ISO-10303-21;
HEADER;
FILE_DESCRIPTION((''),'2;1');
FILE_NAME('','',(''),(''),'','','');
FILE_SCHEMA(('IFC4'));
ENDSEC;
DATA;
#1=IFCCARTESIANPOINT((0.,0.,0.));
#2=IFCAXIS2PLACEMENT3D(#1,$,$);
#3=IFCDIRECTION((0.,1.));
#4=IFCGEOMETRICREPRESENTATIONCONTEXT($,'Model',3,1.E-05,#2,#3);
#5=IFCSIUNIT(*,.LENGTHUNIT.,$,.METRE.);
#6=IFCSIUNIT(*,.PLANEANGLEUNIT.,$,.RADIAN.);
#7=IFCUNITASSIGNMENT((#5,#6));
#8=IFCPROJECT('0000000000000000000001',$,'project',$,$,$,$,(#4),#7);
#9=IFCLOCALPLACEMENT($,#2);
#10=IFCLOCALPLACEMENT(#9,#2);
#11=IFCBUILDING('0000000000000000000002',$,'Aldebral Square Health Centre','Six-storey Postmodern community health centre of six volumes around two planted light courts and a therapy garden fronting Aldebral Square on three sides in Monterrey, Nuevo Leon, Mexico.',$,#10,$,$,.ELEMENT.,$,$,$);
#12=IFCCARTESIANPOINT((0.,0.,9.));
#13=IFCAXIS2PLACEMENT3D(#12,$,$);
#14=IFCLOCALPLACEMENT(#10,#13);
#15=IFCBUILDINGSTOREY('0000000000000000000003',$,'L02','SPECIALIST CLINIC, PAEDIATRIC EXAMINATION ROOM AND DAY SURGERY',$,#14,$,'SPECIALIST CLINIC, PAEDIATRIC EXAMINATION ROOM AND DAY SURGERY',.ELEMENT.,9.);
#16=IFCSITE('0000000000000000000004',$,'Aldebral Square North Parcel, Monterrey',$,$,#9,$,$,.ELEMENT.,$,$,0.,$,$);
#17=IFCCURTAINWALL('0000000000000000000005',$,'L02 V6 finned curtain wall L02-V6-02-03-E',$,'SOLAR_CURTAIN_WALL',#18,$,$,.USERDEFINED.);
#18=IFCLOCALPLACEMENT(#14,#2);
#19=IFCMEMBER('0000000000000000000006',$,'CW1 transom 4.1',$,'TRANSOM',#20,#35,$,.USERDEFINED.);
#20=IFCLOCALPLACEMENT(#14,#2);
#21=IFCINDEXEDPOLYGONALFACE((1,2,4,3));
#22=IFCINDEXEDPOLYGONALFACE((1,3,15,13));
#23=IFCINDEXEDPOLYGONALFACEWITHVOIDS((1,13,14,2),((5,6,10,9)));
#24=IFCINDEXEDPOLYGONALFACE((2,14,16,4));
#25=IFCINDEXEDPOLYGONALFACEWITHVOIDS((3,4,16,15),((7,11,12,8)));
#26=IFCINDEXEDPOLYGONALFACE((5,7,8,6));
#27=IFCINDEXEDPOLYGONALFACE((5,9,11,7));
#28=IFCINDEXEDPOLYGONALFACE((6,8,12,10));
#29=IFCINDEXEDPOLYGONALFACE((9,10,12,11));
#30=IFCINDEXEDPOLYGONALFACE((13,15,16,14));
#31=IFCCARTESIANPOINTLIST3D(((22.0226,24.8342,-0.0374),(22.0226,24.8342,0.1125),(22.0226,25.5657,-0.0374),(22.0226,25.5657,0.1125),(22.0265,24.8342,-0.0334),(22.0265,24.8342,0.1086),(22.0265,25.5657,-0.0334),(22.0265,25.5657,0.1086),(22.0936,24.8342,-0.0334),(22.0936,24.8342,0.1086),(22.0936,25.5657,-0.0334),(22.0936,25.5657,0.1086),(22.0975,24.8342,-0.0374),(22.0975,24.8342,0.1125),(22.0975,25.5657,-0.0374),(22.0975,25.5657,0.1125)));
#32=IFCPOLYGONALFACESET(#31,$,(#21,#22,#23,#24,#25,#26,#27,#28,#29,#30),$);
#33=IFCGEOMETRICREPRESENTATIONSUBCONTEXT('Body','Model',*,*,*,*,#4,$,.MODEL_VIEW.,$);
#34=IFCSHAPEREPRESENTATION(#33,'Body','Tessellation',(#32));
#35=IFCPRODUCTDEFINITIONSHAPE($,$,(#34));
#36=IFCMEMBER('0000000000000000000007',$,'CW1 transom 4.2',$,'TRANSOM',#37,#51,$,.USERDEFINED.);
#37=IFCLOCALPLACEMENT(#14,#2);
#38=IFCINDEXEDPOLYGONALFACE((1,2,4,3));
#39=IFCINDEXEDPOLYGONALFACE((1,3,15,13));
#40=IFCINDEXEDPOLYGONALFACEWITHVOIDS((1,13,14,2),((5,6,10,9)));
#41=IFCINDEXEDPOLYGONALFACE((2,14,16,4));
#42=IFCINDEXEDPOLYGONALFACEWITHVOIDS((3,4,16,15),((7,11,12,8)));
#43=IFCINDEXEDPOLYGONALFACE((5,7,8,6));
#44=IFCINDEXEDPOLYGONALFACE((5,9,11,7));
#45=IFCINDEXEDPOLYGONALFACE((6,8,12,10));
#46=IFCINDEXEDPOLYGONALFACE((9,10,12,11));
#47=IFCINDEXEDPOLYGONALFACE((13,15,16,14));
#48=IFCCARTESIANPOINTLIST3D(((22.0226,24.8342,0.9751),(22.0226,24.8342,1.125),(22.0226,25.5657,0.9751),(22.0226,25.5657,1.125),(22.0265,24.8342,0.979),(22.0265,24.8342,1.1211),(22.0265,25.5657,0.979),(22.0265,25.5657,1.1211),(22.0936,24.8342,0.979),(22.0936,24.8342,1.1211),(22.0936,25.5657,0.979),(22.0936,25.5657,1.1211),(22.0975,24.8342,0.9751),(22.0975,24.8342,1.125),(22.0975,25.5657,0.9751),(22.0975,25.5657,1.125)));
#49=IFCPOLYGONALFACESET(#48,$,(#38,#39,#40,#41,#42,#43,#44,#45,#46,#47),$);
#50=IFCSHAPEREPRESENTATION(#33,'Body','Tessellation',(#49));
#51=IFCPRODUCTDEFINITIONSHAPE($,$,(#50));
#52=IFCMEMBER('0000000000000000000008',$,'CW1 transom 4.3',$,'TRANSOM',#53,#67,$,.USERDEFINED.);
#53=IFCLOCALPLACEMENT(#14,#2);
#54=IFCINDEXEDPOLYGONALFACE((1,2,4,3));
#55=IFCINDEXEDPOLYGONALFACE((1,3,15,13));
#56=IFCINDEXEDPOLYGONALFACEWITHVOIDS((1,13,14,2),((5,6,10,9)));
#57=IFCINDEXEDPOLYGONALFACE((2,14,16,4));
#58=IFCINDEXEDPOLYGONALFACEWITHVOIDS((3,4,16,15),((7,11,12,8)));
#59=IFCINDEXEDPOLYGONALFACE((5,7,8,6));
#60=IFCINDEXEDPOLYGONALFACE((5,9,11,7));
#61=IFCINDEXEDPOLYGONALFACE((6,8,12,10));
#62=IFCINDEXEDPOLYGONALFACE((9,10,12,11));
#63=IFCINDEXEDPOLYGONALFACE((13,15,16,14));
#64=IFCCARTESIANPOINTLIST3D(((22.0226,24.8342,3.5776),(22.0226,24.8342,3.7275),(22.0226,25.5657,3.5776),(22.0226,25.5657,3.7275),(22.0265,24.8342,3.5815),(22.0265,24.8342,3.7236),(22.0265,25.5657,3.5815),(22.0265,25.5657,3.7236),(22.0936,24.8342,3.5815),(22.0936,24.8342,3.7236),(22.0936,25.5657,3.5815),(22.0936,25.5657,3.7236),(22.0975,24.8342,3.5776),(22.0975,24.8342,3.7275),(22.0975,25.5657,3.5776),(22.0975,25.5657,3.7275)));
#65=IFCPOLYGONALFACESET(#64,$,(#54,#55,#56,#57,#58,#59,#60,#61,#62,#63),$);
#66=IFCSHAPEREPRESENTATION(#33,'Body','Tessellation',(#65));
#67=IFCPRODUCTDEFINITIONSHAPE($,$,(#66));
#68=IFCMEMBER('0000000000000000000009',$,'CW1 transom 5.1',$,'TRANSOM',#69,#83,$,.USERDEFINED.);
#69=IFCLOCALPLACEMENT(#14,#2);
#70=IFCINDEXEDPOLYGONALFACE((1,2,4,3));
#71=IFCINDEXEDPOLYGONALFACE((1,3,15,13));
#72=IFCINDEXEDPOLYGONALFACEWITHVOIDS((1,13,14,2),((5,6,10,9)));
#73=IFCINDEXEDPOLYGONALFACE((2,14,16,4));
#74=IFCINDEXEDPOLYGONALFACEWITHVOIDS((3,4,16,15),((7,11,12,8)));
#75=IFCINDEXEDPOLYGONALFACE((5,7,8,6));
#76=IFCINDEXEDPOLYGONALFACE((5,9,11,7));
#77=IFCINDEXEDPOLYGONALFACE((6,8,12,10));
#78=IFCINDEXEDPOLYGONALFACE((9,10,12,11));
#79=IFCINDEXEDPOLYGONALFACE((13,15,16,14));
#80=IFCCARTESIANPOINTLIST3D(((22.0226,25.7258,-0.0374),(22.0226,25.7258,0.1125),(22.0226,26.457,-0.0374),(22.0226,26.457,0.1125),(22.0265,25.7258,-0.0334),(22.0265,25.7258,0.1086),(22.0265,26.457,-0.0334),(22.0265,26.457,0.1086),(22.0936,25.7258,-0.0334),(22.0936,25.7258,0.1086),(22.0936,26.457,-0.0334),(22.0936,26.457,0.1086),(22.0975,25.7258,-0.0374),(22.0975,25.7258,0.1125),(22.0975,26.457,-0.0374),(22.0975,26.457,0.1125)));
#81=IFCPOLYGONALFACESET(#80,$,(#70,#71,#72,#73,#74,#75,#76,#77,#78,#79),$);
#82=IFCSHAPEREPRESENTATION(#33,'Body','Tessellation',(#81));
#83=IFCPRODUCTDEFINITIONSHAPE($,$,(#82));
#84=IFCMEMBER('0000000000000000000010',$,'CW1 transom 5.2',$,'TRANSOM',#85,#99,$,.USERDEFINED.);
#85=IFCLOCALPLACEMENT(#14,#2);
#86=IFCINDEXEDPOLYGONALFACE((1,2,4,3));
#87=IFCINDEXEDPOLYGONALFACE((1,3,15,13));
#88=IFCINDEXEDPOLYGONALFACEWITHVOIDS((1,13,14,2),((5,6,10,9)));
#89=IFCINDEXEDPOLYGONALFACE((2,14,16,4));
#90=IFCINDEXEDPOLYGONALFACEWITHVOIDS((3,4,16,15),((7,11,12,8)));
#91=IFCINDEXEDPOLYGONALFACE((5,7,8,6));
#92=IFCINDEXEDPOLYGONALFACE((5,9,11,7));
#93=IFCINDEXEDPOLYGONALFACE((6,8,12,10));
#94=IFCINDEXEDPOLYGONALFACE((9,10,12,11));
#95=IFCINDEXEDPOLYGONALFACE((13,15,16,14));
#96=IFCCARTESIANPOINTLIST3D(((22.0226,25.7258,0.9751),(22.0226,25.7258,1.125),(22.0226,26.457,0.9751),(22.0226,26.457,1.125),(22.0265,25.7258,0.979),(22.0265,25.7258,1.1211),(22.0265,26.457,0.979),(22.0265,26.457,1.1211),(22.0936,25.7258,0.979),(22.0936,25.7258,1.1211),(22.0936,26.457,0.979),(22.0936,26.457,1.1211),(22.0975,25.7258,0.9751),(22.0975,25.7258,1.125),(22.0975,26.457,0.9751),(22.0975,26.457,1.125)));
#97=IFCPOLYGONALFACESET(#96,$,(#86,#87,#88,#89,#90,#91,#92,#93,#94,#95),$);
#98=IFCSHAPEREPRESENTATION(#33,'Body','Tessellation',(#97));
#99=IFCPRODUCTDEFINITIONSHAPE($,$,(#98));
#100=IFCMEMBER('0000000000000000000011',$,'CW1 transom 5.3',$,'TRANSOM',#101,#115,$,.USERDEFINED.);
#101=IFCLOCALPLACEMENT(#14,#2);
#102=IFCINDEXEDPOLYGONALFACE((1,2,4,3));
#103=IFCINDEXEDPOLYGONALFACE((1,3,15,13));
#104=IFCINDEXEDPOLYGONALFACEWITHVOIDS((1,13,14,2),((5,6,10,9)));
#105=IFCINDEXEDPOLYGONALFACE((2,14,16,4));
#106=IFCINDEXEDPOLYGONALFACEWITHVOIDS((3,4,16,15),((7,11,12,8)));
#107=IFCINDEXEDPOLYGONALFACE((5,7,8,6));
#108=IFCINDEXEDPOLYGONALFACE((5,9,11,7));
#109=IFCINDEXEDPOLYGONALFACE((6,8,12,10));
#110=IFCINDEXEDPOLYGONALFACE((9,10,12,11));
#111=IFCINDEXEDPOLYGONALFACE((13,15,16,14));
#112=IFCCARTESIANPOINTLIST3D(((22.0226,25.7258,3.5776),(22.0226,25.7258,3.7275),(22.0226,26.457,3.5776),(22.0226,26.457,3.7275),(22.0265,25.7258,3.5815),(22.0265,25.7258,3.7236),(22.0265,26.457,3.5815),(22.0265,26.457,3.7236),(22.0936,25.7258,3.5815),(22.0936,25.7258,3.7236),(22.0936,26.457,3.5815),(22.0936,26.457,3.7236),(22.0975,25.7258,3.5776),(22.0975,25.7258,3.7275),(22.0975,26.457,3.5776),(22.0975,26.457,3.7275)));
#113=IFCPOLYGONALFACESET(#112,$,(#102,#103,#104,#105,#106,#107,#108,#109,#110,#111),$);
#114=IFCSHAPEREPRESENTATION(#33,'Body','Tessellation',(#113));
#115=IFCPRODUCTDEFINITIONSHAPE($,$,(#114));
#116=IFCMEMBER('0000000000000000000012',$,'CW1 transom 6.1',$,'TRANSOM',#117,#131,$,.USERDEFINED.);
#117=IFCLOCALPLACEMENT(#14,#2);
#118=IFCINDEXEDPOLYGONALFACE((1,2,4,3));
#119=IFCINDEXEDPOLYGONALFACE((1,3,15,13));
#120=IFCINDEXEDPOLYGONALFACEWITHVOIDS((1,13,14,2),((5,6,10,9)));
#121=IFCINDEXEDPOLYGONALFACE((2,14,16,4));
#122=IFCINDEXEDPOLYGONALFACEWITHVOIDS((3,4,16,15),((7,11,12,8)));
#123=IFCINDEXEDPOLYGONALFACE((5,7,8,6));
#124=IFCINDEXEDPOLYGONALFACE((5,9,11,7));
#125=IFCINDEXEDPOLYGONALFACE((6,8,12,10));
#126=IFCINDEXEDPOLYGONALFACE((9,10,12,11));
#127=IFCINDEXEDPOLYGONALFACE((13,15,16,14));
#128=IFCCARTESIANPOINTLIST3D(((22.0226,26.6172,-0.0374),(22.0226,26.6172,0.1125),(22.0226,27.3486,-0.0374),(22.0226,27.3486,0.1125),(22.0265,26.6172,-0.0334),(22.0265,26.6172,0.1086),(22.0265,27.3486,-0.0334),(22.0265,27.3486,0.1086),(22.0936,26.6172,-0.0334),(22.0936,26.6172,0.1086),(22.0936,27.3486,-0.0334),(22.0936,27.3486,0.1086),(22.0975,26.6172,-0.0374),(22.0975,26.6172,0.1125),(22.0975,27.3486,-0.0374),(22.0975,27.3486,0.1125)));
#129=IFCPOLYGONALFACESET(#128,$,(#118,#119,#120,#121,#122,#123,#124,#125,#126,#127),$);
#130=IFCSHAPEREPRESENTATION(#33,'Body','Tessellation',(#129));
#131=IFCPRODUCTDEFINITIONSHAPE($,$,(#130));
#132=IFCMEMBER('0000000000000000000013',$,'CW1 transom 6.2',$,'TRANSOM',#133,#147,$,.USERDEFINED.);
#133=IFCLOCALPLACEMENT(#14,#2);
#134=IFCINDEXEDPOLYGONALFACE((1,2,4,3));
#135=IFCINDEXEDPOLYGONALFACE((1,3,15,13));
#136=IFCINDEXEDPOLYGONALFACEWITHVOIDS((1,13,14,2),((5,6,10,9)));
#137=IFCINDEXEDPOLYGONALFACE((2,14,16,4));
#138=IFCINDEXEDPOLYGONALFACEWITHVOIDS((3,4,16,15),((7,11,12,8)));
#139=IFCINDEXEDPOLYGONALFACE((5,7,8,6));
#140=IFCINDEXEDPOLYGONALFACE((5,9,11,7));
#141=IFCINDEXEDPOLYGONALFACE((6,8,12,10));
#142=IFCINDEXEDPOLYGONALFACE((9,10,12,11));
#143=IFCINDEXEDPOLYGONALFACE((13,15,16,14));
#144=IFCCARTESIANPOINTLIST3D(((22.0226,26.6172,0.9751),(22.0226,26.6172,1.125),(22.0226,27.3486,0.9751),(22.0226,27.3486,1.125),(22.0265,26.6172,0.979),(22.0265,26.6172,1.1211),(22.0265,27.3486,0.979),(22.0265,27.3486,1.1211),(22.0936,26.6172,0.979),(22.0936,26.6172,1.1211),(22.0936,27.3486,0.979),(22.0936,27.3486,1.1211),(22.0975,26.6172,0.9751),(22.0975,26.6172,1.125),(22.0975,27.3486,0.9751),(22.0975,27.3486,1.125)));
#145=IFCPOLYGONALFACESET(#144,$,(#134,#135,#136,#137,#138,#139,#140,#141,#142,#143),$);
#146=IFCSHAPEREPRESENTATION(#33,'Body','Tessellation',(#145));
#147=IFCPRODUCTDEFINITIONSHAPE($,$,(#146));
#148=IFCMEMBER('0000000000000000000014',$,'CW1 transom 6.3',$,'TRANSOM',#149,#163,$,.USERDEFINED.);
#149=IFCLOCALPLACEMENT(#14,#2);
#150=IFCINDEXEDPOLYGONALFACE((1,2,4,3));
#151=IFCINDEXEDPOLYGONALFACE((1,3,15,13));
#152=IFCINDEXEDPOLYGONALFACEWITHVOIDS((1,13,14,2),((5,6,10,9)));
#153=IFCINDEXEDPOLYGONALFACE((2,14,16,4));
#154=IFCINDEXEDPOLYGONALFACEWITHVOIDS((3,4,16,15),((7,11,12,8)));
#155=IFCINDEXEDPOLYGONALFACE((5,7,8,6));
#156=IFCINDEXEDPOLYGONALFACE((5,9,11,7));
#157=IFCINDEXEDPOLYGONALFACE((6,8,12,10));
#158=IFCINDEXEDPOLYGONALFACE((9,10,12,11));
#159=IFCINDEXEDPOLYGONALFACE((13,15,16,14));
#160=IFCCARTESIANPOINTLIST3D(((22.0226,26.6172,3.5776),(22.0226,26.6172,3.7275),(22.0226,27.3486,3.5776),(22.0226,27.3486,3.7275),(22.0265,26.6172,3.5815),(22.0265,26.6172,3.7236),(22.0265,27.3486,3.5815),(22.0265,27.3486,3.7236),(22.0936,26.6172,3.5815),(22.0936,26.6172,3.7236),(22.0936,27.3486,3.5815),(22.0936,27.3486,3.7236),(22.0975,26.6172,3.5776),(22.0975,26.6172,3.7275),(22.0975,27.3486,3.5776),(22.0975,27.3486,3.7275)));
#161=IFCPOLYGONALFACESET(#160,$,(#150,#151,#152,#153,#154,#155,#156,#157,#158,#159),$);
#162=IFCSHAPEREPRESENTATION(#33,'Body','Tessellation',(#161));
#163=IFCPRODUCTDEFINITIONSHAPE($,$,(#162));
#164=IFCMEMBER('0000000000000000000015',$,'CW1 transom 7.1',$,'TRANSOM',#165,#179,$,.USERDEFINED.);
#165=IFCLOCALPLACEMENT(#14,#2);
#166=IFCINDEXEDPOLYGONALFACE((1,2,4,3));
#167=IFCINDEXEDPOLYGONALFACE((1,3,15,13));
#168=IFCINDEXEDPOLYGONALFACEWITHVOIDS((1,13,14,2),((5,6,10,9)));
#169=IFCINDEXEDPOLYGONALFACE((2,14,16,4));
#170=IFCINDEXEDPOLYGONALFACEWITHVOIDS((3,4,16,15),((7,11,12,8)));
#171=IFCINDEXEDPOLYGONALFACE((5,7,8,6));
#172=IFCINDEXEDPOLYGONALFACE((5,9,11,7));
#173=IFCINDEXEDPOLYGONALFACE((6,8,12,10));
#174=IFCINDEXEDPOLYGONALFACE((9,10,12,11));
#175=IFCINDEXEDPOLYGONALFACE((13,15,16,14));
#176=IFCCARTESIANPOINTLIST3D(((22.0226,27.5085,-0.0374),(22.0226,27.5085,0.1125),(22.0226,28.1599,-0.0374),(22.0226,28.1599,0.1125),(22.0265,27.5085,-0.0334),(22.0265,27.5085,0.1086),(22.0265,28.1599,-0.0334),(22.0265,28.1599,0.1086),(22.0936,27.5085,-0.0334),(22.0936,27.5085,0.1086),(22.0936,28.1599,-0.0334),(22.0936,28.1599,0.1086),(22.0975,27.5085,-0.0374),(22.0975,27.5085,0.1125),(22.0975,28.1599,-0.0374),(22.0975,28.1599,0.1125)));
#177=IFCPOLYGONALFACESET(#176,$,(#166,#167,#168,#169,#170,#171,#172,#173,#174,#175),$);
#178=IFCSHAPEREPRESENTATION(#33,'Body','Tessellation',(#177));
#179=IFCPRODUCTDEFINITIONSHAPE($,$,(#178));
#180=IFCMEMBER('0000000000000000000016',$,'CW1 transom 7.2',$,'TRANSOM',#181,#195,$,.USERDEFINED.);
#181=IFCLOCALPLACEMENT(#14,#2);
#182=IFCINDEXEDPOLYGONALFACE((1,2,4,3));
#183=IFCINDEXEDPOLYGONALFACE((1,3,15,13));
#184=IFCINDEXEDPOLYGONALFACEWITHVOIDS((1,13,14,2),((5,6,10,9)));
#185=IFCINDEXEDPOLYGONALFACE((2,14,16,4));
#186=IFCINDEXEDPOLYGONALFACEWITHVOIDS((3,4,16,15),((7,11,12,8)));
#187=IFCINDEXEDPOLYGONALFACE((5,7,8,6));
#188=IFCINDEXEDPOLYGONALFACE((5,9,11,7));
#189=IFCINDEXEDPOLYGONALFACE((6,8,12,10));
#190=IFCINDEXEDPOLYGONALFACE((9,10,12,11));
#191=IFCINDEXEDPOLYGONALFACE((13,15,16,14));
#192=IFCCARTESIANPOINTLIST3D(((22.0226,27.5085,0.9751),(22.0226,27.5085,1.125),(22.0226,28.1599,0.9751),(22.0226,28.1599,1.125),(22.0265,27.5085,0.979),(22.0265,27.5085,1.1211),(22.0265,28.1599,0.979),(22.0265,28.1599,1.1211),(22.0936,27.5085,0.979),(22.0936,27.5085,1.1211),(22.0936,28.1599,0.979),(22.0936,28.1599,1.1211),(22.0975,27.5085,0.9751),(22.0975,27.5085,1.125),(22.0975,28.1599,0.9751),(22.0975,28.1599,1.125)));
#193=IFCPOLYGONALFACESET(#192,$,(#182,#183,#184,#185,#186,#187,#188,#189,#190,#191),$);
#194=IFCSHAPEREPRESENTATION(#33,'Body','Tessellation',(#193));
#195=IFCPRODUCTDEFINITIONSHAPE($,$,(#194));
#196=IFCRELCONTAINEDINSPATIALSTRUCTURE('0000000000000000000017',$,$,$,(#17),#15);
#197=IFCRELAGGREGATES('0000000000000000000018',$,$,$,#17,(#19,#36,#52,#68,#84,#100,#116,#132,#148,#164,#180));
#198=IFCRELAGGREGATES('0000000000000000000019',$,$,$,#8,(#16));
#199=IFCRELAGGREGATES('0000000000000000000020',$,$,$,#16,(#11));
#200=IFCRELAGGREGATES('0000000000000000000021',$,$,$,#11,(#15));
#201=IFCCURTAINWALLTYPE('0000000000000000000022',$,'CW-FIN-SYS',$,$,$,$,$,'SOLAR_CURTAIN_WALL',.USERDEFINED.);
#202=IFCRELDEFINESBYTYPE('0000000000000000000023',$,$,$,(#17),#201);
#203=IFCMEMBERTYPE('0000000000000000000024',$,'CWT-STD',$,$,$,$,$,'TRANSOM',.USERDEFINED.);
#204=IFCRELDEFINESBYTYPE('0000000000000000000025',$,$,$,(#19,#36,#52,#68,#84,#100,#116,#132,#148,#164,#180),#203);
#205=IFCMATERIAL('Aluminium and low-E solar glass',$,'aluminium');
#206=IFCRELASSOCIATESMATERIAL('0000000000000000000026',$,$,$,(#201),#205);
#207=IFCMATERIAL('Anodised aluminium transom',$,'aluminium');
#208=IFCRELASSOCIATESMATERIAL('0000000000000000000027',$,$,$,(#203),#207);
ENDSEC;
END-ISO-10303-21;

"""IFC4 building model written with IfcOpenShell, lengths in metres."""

from ifc_helpers import new_model, si_unit, direction, frame, origin, origin_2d, place, context, subcontext, project, spatial, hollow_rectangle, extrude, material, material_profile, profile_set, type_object, element, aggregate, save


model = new_model("IFC4")

# Units and contexts
model_context = context("Model", 3, precision=1e-05, world=origin(), true_north=direction((0.0, 1.0)))
body_context = subcontext(model_context, "Body", "Model", "MODEL_VIEW")
ifc_project = project(units=[si_unit("LENGTHUNIT", "METRE"), si_unit("PLANEANGLEUNIT", "RADIAN")], contexts=[model_context])

# Site, building, storey
site_placement = place(None, origin())
site = spatial("IfcSite", under=ifc_project, at=site_placement, Name="Aldebral Square North Parcel, Monterrey", CompositionType="ELEMENT", RefElevation=0.0)
building_placement = place(site_placement, origin())
building = spatial("IfcBuilding", under=site, at=building_placement, Name="Aldebral Square Health Centre", Description="Six-storey Postmodern community health centre of six volumes around two planted light courts and a therapy garden fronting Aldebral Square on three sides in Monterrey, Nuevo Leon, Mexico.", CompositionType="ELEMENT")
storey_placement = place(building_placement, frame((0.0, 0.0, 9.0)))
storey = spatial("IfcBuildingStorey", under=building, at=storey_placement, Name="L02", Description="SPECIALIST CLINIC, PAEDIATRIC EXAMINATION ROOM AND DAY SURGERY", LongName="SPECIALIST CLINIC, PAEDIATRIC EXAMINATION ROOM AND DAY SURGERY", CompositionType="ELEMENT", Elevation=9.0)

# Curtain wall, members
ifc_material_1 = material(Name="Aluminium and low-E solar glass", Category="aluminium")
curtain_wall_type = type_object("IfcCurtainWallType", Name="CW-FIN-SYS", ElementType="SOLAR_CURTAIN_WALL", PredefinedType="USERDEFINED", material=ifc_material_1)
curtain_wall_placement = place(storey_placement, origin())
curtain_wall = element("IfcCurtainWall", 1, at=curtain_wall_placement, inside=storey, type_object=curtain_wall_type, Name="L02 V6 finned curtain wall L02-V6-02-03-E", ObjectType="SOLAR_CURTAIN_WALL", PredefinedType="USERDEFINED")
ifc_material_2 = material(Name="Anodised aluminium transom", Category="aluminium")
ifc_material_profile_1 = material_profile(ifc_material_2, hollow_rectangle(XDim=0.075, YDim=0.1499, WallThickness=0.0039, at=origin_2d()), Name="CWT 75x150x4")
ifc_profile_set_1 = profile_set([ifc_material_profile_1], Name="Anodised aluminium transom")
member_type_1 = type_object("IfcMemberType", Name="CWT-STD", ElementType="TRANSOM", PredefinedType="USERDEFINED", material=ifc_profile_set_1)
member_1_placement = place(storey_placement, frame((22.0601, 24.8342, 0.0376), z_axis=(0.0, 1.0, 0.0), x_axis=(-1.0, 0.0, 0.0)))
member_1 = element("IfcMember", 2, at=member_1_placement, type_object=member_type_1, Name="CW1 transom 4.1", ObjectType="TRANSOM", PredefinedType="USERDEFINED", context=body_context, shape_type="SweptSolid", body=[
    extrude(hollow_rectangle(XDim=0.075, YDim=0.1499, WallThickness=0.0039, at=origin_2d()), origin(), (0.0, 0.0, 1.0), 0.7314),
])
member_2_placement = place(storey_placement, frame((22.0601, 24.8342, 1.05), z_axis=(0.0, 1.0, 0.0), x_axis=(-1.0, 0.0, 0.0)))
member_2 = element("IfcMember", 3, at=member_2_placement, type_object=member_type_1, Name="CW1 transom 4.2", ObjectType="TRANSOM", PredefinedType="USERDEFINED", context=body_context, shape_type="SweptSolid", body=[
    extrude(hollow_rectangle(XDim=0.075, YDim=0.1499, WallThickness=0.0039, at=origin_2d()), origin(), (0.0, 0.0, 1.0), 0.7314),
])
member_3_placement = place(storey_placement, frame((22.0601, 24.8342, 3.6526), z_axis=(0.0, 1.0, 0.0), x_axis=(-1.0, 0.0, 0.0)))
member_3 = element("IfcMember", 4, at=member_3_placement, type_object=member_type_1, Name="CW1 transom 4.3", ObjectType="TRANSOM", PredefinedType="USERDEFINED", context=body_context, shape_type="SweptSolid", body=[
    extrude(hollow_rectangle(XDim=0.075, YDim=0.1499, WallThickness=0.0039, at=origin_2d()), origin(), (0.0, 0.0, 1.0), 0.7314),
])
member_4_placement = place(storey_placement, frame((22.0601, 25.7258, 0.0376), z_axis=(0.0, 1.0, 0.0), x_axis=(-1.0, 0.0, 0.0)))
member_4 = element("IfcMember", 5, at=member_4_placement, type_object=member_type_1, Name="CW1 transom 5.1", ObjectType="TRANSOM", PredefinedType="USERDEFINED", context=body_context, shape_type="SweptSolid", body=[
    extrude(hollow_rectangle(XDim=0.075, YDim=0.1499, WallThickness=0.0039, at=origin_2d()), origin(), (0.0, 0.0, 1.0), 0.7312),
])
member_5_placement = place(storey_placement, frame((22.0601, 25.7258, 1.05), z_axis=(0.0, 1.0, 0.0), x_axis=(-1.0, 0.0, 0.0)))
member_5 = element("IfcMember", 6, at=member_5_placement, type_object=member_type_1, Name="CW1 transom 5.2", ObjectType="TRANSOM", PredefinedType="USERDEFINED", context=body_context, shape_type="SweptSolid", body=[
    extrude(hollow_rectangle(XDim=0.075, YDim=0.1499, WallThickness=0.0039, at=origin_2d()), origin(), (0.0, 0.0, 1.0), 0.7312),
])
member_6_placement = place(storey_placement, frame((22.0601, 25.7258, 3.6526), z_axis=(0.0, 1.0, 0.0), x_axis=(-1.0, 0.0, 0.0)))
member_6 = element("IfcMember", 7, at=member_6_placement, type_object=member_type_1, Name="CW1 transom 5.3", ObjectType="TRANSOM", PredefinedType="USERDEFINED", context=body_context, shape_type="SweptSolid", body=[
    extrude(hollow_rectangle(XDim=0.075, YDim=0.1499, WallThickness=0.0039, at=origin_2d()), origin(), (0.0, 0.0, 1.0), 0.7312),
])
member_7_placement = place(storey_placement, frame((22.0601, 26.6172, 0.0376), z_axis=(0.0, 1.0, 0.0), x_axis=(-1.0, 0.0, 0.0)))
member_7 = element("IfcMember", 8, at=member_7_placement, type_object=member_type_1, Name="CW1 transom 6.1", ObjectType="TRANSOM", PredefinedType="USERDEFINED", context=body_context, shape_type="SweptSolid", body=[
    extrude(hollow_rectangle(XDim=0.075, YDim=0.1499, WallThickness=0.0039, at=origin_2d()), origin(), (0.0, 0.0, 1.0), 0.7314),
])
member_8_placement = place(storey_placement, frame((22.0601, 26.6172, 1.05), z_axis=(0.0, 1.0, 0.0), x_axis=(-1.0, 0.0, 0.0)))
member_8 = element("IfcMember", 9, at=member_8_placement, type_object=member_type_1, Name="CW1 transom 6.2", ObjectType="TRANSOM", PredefinedType="USERDEFINED", context=body_context, shape_type="SweptSolid", body=[
    extrude(hollow_rectangle(XDim=0.075, YDim=0.1499, WallThickness=0.0039, at=origin_2d()), origin(), (0.0, 0.0, 1.0), 0.7314),
])
member_9_placement = place(storey_placement, frame((22.0601, 26.6172, 3.6526), z_axis=(0.0, 1.0, 0.0), x_axis=(-1.0, 0.0, 0.0)))
member_9 = element("IfcMember", 10, at=member_9_placement, type_object=member_type_1, Name="CW1 transom 6.3", ObjectType="TRANSOM", PredefinedType="USERDEFINED", context=body_context, shape_type="SweptSolid", body=[
    extrude(hollow_rectangle(XDim=0.075, YDim=0.1499, WallThickness=0.0039, at=origin_2d()), origin(), (0.0, 0.0, 1.0), 0.7314),
])
member_10_placement = place(storey_placement, frame((22.0601, 27.5085, 0.0376), z_axis=(0.0, 1.0, 0.0), x_axis=(-1.0, 0.0, 0.0)))
member_10 = element("IfcMember", 11, at=member_10_placement, type_object=member_type_1, Name="CW1 transom 7.1", ObjectType="TRANSOM", PredefinedType="USERDEFINED", context=body_context, shape_type="SweptSolid", body=[
    extrude(hollow_rectangle(XDim=0.075, YDim=0.1499, WallThickness=0.0039, at=origin_2d()), origin(), (0.0, 0.0, 1.0), 0.6514),
])
member_11_placement = place(storey_placement, frame((22.0601, 27.5085, 1.05), z_axis=(0.0, 1.0, 0.0), x_axis=(-1.0, 0.0, 0.0)))
member_11 = element("IfcMember", 12, at=member_11_placement, type_object=member_type_1, Name="CW1 transom 7.2", ObjectType="TRANSOM", PredefinedType="USERDEFINED", context=body_context, shape_type="SweptSolid", body=[
    extrude(hollow_rectangle(XDim=0.075, YDim=0.1499, WallThickness=0.0039, at=origin_2d()), origin(), (0.0, 0.0, 1.0), 0.6514),
])
aggregate(curtain_wall, [member_1, member_2, member_3, member_4, member_5, member_6, member_7, member_8, member_9, member_10, member_11])

save(model, "model.ifc")
